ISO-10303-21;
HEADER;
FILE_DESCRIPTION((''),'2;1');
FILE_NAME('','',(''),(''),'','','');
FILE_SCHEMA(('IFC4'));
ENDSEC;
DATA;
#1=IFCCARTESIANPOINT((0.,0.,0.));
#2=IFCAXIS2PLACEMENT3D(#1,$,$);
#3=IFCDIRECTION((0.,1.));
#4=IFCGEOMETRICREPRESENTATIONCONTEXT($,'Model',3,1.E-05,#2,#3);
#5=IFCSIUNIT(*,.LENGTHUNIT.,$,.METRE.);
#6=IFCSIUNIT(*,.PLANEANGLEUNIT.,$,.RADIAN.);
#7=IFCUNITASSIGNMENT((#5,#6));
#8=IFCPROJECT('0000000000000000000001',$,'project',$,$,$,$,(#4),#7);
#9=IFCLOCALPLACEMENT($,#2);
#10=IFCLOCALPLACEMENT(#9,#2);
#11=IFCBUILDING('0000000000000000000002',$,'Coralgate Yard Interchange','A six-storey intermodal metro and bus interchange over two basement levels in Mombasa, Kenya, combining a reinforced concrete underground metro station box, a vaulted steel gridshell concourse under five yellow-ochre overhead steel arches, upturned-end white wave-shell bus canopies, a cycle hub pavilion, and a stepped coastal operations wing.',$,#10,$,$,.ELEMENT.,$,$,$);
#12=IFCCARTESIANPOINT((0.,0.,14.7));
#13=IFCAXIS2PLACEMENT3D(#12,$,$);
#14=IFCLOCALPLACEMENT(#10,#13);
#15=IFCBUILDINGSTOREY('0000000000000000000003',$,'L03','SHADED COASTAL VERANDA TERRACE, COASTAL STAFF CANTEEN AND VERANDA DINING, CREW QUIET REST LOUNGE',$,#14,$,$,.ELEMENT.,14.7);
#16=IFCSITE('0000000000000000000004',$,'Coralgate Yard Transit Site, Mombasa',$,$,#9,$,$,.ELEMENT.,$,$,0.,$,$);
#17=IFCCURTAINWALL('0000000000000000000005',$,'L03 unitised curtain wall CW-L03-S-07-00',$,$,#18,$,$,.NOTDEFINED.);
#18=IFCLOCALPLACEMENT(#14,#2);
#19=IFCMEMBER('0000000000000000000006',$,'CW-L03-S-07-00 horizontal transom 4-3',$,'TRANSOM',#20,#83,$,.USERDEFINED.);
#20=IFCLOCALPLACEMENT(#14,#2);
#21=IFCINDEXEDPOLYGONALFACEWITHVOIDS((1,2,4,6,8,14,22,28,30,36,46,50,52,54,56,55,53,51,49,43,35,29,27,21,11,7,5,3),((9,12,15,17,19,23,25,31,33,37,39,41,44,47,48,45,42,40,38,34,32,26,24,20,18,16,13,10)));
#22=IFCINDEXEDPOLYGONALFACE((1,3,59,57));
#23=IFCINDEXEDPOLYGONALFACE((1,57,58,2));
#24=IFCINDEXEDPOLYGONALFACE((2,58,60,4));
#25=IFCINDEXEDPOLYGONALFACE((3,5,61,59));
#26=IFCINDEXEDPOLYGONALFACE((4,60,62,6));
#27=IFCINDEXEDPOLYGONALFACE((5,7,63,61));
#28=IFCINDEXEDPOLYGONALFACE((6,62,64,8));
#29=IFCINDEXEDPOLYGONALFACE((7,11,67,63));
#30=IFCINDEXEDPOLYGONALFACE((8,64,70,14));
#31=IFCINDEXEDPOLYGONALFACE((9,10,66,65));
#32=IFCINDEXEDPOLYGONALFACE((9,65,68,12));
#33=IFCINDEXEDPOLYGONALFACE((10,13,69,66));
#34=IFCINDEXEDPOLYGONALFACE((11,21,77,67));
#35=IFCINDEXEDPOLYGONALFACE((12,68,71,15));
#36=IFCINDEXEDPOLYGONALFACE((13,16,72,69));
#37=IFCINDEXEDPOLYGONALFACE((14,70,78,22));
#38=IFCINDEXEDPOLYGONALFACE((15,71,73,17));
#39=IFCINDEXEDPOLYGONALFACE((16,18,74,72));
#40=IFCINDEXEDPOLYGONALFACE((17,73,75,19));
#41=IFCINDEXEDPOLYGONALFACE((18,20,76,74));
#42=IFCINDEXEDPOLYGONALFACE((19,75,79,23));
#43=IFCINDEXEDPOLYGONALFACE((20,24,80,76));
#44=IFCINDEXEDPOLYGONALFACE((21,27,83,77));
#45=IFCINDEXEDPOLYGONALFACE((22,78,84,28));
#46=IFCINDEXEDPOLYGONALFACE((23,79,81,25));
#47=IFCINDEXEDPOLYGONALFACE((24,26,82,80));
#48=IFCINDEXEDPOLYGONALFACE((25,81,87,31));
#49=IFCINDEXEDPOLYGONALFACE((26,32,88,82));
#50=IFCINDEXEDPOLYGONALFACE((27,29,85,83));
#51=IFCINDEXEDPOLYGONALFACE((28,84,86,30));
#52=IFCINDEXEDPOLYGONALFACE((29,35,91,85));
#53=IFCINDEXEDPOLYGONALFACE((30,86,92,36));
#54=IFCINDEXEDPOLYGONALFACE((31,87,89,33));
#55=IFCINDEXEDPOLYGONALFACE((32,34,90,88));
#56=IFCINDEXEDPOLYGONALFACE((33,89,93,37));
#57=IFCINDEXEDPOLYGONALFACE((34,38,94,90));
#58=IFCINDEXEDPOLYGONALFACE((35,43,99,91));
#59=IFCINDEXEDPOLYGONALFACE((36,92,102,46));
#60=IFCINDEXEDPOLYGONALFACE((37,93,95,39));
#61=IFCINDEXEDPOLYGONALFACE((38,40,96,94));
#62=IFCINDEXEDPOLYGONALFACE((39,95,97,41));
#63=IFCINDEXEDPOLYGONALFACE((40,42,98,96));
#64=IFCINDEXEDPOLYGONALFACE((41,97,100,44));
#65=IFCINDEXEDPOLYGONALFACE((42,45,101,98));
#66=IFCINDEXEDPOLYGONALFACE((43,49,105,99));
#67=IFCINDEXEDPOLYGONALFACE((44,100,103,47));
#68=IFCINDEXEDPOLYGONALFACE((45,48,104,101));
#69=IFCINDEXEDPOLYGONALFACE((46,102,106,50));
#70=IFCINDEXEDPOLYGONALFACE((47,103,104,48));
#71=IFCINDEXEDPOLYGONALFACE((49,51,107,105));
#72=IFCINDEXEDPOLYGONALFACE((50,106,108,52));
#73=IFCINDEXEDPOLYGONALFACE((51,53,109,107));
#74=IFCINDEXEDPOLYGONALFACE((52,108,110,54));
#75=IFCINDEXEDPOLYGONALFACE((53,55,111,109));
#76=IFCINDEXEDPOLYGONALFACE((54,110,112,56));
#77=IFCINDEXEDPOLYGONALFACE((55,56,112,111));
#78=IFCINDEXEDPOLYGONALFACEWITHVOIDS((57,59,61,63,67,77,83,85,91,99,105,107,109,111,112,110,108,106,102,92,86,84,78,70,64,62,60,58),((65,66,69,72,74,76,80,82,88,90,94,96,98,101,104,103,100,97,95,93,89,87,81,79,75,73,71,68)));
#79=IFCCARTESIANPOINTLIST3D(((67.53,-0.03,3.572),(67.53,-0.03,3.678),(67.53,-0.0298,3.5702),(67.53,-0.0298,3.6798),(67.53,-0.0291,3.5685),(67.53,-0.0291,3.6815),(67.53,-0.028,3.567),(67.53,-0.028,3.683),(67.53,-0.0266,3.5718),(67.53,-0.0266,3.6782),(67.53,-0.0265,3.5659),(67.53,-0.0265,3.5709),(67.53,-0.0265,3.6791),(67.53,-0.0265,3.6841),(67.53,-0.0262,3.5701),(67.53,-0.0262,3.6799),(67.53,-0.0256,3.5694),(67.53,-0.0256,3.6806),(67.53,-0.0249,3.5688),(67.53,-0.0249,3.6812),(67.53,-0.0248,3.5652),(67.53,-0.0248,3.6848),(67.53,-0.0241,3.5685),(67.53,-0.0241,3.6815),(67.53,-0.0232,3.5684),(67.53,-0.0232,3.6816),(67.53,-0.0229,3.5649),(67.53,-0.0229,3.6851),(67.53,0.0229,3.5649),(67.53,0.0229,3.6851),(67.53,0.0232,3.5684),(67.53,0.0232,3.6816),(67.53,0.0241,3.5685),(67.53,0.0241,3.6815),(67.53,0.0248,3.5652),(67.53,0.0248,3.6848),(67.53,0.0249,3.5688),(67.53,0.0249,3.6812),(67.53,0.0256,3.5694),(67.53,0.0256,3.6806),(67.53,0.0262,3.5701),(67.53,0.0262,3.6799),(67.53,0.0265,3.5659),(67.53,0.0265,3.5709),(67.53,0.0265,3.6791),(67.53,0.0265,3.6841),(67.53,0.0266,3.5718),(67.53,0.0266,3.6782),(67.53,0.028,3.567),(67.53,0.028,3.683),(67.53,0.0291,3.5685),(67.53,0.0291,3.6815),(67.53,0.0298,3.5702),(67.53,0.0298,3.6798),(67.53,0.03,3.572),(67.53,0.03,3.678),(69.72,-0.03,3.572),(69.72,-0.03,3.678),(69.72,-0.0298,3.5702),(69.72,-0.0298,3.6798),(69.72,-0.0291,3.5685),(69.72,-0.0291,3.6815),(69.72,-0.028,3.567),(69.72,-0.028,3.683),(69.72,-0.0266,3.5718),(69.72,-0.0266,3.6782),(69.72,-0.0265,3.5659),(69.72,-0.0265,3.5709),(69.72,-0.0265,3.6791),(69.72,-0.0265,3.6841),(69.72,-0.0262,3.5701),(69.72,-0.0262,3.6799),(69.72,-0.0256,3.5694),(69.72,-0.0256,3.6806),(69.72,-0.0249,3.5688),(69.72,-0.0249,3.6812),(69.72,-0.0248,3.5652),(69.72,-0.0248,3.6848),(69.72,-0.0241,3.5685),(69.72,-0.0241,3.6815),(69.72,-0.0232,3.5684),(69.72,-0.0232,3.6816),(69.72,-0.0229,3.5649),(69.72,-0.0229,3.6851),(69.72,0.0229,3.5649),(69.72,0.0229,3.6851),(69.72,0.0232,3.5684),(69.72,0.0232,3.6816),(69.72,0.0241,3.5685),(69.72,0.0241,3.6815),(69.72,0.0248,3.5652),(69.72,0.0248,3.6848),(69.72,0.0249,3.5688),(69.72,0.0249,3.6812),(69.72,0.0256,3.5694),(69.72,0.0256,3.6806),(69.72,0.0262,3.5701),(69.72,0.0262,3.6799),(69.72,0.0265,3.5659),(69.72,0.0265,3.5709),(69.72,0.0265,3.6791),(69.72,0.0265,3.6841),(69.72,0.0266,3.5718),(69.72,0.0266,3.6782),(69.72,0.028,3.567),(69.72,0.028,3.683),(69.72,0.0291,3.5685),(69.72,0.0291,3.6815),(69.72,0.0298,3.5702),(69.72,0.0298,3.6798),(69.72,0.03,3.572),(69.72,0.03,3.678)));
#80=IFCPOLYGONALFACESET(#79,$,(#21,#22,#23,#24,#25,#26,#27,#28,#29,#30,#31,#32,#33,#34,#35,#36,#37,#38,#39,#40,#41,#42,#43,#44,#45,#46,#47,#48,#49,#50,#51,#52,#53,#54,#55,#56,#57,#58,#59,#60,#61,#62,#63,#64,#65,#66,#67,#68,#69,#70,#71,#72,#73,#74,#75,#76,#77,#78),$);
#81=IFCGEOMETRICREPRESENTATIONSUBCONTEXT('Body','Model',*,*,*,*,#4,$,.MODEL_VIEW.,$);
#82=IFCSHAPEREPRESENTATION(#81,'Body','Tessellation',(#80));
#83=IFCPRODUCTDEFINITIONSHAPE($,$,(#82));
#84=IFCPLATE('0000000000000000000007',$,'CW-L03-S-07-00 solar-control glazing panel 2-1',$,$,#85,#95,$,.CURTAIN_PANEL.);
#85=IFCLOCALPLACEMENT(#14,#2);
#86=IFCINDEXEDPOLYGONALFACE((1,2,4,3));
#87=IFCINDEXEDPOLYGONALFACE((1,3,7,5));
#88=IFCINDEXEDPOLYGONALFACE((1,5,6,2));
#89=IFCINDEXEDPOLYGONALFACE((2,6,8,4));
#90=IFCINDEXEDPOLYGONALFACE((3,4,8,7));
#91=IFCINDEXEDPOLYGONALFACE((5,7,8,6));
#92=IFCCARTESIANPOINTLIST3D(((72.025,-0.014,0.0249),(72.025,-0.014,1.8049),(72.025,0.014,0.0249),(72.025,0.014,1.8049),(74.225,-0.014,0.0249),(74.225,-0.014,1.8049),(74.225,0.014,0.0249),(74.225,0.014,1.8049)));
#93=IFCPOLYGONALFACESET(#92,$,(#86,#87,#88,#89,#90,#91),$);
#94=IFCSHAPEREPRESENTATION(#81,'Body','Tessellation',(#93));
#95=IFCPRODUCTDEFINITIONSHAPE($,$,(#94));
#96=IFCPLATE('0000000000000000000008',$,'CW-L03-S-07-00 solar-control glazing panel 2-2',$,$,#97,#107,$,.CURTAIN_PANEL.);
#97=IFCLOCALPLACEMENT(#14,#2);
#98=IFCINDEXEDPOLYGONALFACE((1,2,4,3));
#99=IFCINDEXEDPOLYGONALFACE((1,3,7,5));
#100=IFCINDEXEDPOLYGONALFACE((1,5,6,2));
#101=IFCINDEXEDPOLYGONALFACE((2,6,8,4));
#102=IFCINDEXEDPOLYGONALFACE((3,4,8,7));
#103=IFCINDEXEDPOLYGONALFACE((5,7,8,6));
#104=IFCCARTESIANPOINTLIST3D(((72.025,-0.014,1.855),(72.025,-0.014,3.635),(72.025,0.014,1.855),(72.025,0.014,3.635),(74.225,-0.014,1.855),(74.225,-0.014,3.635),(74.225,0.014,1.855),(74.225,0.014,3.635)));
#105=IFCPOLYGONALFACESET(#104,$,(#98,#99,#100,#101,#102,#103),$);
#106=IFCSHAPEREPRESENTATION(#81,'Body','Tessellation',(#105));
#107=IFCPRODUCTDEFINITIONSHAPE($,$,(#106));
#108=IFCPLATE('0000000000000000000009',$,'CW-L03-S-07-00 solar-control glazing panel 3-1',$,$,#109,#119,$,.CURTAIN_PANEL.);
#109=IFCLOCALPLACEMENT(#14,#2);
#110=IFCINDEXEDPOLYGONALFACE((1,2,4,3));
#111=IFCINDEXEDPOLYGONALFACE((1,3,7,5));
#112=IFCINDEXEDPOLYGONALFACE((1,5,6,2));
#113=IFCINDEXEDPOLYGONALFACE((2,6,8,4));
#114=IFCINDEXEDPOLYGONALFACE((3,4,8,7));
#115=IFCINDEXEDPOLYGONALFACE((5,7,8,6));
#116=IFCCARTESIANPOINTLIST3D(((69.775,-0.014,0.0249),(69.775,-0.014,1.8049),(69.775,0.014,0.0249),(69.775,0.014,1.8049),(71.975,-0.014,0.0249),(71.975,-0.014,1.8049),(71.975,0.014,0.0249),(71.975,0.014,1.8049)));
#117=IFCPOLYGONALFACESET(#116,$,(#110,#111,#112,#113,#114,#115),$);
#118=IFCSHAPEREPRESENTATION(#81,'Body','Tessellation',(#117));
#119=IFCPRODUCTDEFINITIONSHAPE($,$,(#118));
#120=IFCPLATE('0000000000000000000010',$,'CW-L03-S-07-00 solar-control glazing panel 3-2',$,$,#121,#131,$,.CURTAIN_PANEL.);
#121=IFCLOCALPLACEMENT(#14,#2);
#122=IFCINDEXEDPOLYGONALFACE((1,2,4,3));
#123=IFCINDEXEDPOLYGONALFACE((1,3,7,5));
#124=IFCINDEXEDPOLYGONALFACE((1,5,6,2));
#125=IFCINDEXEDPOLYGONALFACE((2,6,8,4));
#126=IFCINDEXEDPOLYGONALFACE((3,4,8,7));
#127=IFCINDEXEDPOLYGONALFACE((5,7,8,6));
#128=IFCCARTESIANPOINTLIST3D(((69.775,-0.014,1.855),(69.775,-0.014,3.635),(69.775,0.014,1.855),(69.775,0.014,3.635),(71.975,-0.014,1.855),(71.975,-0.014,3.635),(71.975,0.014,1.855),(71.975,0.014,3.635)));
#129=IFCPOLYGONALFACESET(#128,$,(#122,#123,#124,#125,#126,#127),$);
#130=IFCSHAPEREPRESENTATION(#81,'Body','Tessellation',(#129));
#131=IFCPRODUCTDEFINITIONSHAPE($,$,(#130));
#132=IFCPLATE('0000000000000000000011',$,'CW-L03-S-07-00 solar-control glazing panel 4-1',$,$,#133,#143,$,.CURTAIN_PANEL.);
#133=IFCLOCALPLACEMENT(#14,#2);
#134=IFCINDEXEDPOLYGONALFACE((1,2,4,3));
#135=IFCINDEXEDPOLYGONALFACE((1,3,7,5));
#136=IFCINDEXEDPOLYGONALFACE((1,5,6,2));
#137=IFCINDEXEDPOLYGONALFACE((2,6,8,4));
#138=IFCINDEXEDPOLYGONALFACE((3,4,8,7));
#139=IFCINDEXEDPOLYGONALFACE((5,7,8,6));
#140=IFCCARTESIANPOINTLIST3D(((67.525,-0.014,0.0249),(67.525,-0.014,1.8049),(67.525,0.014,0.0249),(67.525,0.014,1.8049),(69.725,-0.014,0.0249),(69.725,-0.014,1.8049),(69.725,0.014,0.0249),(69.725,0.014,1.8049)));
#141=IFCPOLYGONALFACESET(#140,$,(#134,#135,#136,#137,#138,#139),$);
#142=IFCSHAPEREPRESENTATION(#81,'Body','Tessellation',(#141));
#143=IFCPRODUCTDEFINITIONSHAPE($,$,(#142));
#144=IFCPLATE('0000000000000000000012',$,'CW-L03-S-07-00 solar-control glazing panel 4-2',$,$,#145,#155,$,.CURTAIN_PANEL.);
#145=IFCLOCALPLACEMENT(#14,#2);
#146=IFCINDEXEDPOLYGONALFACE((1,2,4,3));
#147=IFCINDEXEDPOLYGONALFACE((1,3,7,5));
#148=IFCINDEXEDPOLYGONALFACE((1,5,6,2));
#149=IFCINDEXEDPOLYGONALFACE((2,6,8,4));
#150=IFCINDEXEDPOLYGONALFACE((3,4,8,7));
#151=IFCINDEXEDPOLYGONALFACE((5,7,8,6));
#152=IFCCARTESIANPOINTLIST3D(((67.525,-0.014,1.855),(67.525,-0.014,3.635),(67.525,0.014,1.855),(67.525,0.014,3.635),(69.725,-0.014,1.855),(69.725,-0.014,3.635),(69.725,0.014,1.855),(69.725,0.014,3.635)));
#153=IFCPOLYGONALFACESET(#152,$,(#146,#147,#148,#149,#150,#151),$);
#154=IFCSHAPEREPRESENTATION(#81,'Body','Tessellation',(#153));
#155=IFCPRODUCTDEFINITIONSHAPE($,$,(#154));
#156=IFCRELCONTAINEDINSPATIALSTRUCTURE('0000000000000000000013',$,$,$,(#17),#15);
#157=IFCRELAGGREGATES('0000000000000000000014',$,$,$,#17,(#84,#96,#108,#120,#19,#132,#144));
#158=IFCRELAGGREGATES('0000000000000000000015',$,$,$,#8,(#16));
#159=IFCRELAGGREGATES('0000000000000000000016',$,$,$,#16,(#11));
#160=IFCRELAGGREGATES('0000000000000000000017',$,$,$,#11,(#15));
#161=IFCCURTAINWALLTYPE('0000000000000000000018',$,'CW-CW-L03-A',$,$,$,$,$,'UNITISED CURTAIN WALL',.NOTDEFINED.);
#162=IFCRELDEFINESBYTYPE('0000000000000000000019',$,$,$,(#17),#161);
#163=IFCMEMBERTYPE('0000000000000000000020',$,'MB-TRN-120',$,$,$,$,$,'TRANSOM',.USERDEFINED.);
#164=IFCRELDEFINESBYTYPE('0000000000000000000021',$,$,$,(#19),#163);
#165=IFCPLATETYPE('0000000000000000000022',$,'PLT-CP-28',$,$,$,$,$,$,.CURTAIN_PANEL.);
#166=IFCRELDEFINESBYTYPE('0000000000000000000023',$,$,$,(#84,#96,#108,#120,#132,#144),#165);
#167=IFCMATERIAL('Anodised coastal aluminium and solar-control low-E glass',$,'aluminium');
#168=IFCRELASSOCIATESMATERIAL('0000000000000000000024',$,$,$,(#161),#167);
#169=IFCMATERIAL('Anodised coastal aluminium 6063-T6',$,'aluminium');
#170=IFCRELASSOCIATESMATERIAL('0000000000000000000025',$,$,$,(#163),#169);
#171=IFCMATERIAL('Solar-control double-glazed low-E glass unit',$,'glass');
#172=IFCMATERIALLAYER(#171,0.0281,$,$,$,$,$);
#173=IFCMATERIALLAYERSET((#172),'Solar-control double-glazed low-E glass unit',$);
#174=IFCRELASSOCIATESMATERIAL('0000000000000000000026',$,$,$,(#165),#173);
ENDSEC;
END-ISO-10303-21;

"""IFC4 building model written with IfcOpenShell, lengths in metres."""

from ifc_helpers import new_model, si_unit, direction, frame, origin, origin_2d, place, context, subcontext, project, spatial, rectangle, hollow_rectangle, extrude, material, layer, layer_set, material_profile, profile_set, type_object, element, aggregate, save


model = new_model("IFC4")

# Units and contexts
model_context = context("Model", 3, precision=1e-05, world=origin(), true_north=direction((0.0, 1.0)))
body_context = subcontext(model_context, "Body", "Model", "MODEL_VIEW")
ifc_project = project(units=[si_unit("LENGTHUNIT", "METRE"), si_unit("PLANEANGLEUNIT", "RADIAN")], contexts=[model_context])

# Site, building, storey
site_placement = place(None, origin())
site = spatial("IfcSite", under=ifc_project, at=site_placement, Name="Coralgate Yard Transit Site, Mombasa", CompositionType="ELEMENT", RefElevation=0.0)
building_placement = place(site_placement, origin())
building = spatial("IfcBuilding", under=site, at=building_placement, Name="Coralgate Yard Interchange", Description="A six-storey intermodal metro and bus interchange over two basement levels in Mombasa, Kenya, combining a reinforced concrete underground metro station box, a vaulted steel gridshell concourse under five yellow-ochre overhead steel arches, upturned-end white wave-shell bus canopies, a cycle hub pavilion, and a stepped coastal operations wing.", CompositionType="ELEMENT")
storey_placement = place(building_placement, frame((0.0, 0.0, 14.7)))
storey = spatial("IfcBuildingStorey", under=building, at=storey_placement, Name="L03", Description="SHADED COASTAL VERANDA TERRACE, COASTAL STAFF CANTEEN AND VERANDA DINING, CREW QUIET REST LOUNGE", CompositionType="ELEMENT", Elevation=14.7)

# Curtain wall, member, plates
ifc_material_1 = material(Name="Anodised coastal aluminium and solar-control low-E glass", Category="aluminium")
curtain_wall_type = type_object("IfcCurtainWallType", Name="CW-CW-L03-A", ElementType="UNITISED CURTAIN WALL", PredefinedType="NOTDEFINED", material=ifc_material_1)
curtain_wall_placement = place(storey_placement, origin())
curtain_wall = element("IfcCurtainWall", 1, at=curtain_wall_placement, inside=storey, type_object=curtain_wall_type, Name="L03 unitised curtain wall CW-L03-S-07-00", PredefinedType="NOTDEFINED")
ifc_material_2 = material(Name="Anodised coastal aluminium 6063-T6", Category="aluminium")
ifc_material_profile_1 = material_profile(ifc_material_2, hollow_rectangle(XDim=0.0601, YDim=0.1201, WallThickness=0.0034, InnerFilletRadius=0.0034, OuterFilletRadius=0.0071, at=origin_2d()), Name="ALU 60x120x3.5")
ifc_profile_set_1 = profile_set([ifc_material_profile_1], Name="Anodised coastal aluminium 6063-T6")
member_type_1 = type_object("IfcMemberType", Name="MB-TRN-120", ElementType="TRANSOM", PredefinedType="USERDEFINED", material=ifc_profile_set_1)
member_1_placement = place(storey_placement, frame((69.72, 0.0, 3.625), z_axis=(-1.0, 0.0, 0.0), x_axis=(0.0, -1.0, 0.0)))
member_1 = element("IfcMember", 2, at=member_1_placement, type_object=member_type_1, Name="CW-L03-S-07-00 horizontal transom 4-3", ObjectType="TRANSOM", PredefinedType="USERDEFINED", context=body_context, shape_type="SweptSolid", body=[
    extrude(hollow_rectangle(XDim=0.0601, YDim=0.1201, WallThickness=0.0034, InnerFilletRadius=0.0034, OuterFilletRadius=0.0071, at=origin_2d()), origin(), (0.0, 0.0, 1.0), 2.1899),
])
ifc_material_3 = material(Name="Solar-control double-glazed low-E glass unit", Category="glass")
ifc_layer = layer(ifc_material_3, 0.0281)
ifc_layer_set = layer_set([ifc_layer], Name="Solar-control double-glazed low-E glass unit")
plate_type = type_object("IfcPlateType", Name="PLT-CP-28", PredefinedType="CURTAIN_PANEL", material=ifc_layer_set)
plate_1_placement = place(storey_placement, frame((73.125, 0.0, 0.0249), z_axis=(0.0, 0.0, 1.0), x_axis=(-1.0, 0.0, 0.0)))
plate_1 = element("IfcPlate", 3, at=plate_1_placement, type_object=plate_type, Name="CW-L03-S-07-00 solar-control glazing panel 2-1", PredefinedType="CURTAIN_PANEL", context=body_context, shape_type="SweptSolid", body=[
    extrude(rectangle(XDim=2.2, YDim=0.0281, at=origin_2d()), origin(), (0.0, 0.0, 1.0), 1.78),
])
plate_2_placement = place(storey_placement, frame((73.125, 0.0, 1.855), z_axis=(0.0, 0.0, 1.0), x_axis=(-1.0, 0.0, 0.0)))
plate_2 = element("IfcPlate", 4, at=plate_2_placement, type_object=plate_type, Name="CW-L03-S-07-00 solar-control glazing panel 2-2", PredefinedType="CURTAIN_PANEL", context=body_context, shape_type="SweptSolid", body=[
    extrude(rectangle(XDim=2.2, YDim=0.0281, at=origin_2d()), origin(), (0.0, 0.0, 1.0), 1.78),
])
plate_3_placement = place(storey_placement, frame((70.875, 0.0, 0.0249), z_axis=(0.0, 0.0, 1.0), x_axis=(-1.0, 0.0, 0.0)))
plate_3 = element("IfcPlate", 5, at=plate_3_placement, type_object=plate_type, Name="CW-L03-S-07-00 solar-control glazing panel 3-1", PredefinedType="CURTAIN_PANEL", context=body_context, shape_type="SweptSolid", body=[
    extrude(rectangle(XDim=2.2, YDim=0.0281, at=origin_2d()), origin(), (0.0, 0.0, 1.0), 1.78),
])
plate_4_placement = place(storey_placement, frame((70.875, 0.0, 1.855), z_axis=(0.0, 0.0, 1.0), x_axis=(-1.0, 0.0, 0.0)))
plate_4 = element("IfcPlate", 6, at=plate_4_placement, type_object=plate_type, Name="CW-L03-S-07-00 solar-control glazing panel 3-2", PredefinedType="CURTAIN_PANEL", context=body_context, shape_type="SweptSolid", body=[
    extrude(rectangle(XDim=2.2, YDim=0.0281, at=origin_2d()), origin(), (0.0, 0.0, 1.0), 1.78),
])
plate_5_placement = place(storey_placement, frame((68.625, 0.0, 0.0249), z_axis=(0.0, 0.0, 1.0), x_axis=(-1.0, 0.0, 0.0)))
plate_5 = element("IfcPlate", 7, at=plate_5_placement, type_object=plate_type, Name="CW-L03-S-07-00 solar-control glazing panel 4-1", PredefinedType="CURTAIN_PANEL", context=body_context, shape_type="SweptSolid", body=[
    extrude(rectangle(XDim=2.2, YDim=0.0281, at=origin_2d()), origin(), (0.0, 0.0, 1.0), 1.78),
])
plate_6_placement = place(storey_placement, frame((68.625, 0.0, 1.855), z_axis=(0.0, 0.0, 1.0), x_axis=(-1.0, 0.0, 0.0)))
plate_6 = element("IfcPlate", 8, at=plate_6_placement, type_object=plate_type, Name="CW-L03-S-07-00 solar-control glazing panel 4-2", PredefinedType="CURTAIN_PANEL", context=body_context, shape_type="SweptSolid", body=[
    extrude(rectangle(XDim=2.2, YDim=0.0281, at=origin_2d()), origin(), (0.0, 0.0, 1.0), 1.78),
])
aggregate(curtain_wall, [plate_1, plate_2, plate_3, plate_4, member_1, plate_5, plate_6])

save(model, "model.ifc")
